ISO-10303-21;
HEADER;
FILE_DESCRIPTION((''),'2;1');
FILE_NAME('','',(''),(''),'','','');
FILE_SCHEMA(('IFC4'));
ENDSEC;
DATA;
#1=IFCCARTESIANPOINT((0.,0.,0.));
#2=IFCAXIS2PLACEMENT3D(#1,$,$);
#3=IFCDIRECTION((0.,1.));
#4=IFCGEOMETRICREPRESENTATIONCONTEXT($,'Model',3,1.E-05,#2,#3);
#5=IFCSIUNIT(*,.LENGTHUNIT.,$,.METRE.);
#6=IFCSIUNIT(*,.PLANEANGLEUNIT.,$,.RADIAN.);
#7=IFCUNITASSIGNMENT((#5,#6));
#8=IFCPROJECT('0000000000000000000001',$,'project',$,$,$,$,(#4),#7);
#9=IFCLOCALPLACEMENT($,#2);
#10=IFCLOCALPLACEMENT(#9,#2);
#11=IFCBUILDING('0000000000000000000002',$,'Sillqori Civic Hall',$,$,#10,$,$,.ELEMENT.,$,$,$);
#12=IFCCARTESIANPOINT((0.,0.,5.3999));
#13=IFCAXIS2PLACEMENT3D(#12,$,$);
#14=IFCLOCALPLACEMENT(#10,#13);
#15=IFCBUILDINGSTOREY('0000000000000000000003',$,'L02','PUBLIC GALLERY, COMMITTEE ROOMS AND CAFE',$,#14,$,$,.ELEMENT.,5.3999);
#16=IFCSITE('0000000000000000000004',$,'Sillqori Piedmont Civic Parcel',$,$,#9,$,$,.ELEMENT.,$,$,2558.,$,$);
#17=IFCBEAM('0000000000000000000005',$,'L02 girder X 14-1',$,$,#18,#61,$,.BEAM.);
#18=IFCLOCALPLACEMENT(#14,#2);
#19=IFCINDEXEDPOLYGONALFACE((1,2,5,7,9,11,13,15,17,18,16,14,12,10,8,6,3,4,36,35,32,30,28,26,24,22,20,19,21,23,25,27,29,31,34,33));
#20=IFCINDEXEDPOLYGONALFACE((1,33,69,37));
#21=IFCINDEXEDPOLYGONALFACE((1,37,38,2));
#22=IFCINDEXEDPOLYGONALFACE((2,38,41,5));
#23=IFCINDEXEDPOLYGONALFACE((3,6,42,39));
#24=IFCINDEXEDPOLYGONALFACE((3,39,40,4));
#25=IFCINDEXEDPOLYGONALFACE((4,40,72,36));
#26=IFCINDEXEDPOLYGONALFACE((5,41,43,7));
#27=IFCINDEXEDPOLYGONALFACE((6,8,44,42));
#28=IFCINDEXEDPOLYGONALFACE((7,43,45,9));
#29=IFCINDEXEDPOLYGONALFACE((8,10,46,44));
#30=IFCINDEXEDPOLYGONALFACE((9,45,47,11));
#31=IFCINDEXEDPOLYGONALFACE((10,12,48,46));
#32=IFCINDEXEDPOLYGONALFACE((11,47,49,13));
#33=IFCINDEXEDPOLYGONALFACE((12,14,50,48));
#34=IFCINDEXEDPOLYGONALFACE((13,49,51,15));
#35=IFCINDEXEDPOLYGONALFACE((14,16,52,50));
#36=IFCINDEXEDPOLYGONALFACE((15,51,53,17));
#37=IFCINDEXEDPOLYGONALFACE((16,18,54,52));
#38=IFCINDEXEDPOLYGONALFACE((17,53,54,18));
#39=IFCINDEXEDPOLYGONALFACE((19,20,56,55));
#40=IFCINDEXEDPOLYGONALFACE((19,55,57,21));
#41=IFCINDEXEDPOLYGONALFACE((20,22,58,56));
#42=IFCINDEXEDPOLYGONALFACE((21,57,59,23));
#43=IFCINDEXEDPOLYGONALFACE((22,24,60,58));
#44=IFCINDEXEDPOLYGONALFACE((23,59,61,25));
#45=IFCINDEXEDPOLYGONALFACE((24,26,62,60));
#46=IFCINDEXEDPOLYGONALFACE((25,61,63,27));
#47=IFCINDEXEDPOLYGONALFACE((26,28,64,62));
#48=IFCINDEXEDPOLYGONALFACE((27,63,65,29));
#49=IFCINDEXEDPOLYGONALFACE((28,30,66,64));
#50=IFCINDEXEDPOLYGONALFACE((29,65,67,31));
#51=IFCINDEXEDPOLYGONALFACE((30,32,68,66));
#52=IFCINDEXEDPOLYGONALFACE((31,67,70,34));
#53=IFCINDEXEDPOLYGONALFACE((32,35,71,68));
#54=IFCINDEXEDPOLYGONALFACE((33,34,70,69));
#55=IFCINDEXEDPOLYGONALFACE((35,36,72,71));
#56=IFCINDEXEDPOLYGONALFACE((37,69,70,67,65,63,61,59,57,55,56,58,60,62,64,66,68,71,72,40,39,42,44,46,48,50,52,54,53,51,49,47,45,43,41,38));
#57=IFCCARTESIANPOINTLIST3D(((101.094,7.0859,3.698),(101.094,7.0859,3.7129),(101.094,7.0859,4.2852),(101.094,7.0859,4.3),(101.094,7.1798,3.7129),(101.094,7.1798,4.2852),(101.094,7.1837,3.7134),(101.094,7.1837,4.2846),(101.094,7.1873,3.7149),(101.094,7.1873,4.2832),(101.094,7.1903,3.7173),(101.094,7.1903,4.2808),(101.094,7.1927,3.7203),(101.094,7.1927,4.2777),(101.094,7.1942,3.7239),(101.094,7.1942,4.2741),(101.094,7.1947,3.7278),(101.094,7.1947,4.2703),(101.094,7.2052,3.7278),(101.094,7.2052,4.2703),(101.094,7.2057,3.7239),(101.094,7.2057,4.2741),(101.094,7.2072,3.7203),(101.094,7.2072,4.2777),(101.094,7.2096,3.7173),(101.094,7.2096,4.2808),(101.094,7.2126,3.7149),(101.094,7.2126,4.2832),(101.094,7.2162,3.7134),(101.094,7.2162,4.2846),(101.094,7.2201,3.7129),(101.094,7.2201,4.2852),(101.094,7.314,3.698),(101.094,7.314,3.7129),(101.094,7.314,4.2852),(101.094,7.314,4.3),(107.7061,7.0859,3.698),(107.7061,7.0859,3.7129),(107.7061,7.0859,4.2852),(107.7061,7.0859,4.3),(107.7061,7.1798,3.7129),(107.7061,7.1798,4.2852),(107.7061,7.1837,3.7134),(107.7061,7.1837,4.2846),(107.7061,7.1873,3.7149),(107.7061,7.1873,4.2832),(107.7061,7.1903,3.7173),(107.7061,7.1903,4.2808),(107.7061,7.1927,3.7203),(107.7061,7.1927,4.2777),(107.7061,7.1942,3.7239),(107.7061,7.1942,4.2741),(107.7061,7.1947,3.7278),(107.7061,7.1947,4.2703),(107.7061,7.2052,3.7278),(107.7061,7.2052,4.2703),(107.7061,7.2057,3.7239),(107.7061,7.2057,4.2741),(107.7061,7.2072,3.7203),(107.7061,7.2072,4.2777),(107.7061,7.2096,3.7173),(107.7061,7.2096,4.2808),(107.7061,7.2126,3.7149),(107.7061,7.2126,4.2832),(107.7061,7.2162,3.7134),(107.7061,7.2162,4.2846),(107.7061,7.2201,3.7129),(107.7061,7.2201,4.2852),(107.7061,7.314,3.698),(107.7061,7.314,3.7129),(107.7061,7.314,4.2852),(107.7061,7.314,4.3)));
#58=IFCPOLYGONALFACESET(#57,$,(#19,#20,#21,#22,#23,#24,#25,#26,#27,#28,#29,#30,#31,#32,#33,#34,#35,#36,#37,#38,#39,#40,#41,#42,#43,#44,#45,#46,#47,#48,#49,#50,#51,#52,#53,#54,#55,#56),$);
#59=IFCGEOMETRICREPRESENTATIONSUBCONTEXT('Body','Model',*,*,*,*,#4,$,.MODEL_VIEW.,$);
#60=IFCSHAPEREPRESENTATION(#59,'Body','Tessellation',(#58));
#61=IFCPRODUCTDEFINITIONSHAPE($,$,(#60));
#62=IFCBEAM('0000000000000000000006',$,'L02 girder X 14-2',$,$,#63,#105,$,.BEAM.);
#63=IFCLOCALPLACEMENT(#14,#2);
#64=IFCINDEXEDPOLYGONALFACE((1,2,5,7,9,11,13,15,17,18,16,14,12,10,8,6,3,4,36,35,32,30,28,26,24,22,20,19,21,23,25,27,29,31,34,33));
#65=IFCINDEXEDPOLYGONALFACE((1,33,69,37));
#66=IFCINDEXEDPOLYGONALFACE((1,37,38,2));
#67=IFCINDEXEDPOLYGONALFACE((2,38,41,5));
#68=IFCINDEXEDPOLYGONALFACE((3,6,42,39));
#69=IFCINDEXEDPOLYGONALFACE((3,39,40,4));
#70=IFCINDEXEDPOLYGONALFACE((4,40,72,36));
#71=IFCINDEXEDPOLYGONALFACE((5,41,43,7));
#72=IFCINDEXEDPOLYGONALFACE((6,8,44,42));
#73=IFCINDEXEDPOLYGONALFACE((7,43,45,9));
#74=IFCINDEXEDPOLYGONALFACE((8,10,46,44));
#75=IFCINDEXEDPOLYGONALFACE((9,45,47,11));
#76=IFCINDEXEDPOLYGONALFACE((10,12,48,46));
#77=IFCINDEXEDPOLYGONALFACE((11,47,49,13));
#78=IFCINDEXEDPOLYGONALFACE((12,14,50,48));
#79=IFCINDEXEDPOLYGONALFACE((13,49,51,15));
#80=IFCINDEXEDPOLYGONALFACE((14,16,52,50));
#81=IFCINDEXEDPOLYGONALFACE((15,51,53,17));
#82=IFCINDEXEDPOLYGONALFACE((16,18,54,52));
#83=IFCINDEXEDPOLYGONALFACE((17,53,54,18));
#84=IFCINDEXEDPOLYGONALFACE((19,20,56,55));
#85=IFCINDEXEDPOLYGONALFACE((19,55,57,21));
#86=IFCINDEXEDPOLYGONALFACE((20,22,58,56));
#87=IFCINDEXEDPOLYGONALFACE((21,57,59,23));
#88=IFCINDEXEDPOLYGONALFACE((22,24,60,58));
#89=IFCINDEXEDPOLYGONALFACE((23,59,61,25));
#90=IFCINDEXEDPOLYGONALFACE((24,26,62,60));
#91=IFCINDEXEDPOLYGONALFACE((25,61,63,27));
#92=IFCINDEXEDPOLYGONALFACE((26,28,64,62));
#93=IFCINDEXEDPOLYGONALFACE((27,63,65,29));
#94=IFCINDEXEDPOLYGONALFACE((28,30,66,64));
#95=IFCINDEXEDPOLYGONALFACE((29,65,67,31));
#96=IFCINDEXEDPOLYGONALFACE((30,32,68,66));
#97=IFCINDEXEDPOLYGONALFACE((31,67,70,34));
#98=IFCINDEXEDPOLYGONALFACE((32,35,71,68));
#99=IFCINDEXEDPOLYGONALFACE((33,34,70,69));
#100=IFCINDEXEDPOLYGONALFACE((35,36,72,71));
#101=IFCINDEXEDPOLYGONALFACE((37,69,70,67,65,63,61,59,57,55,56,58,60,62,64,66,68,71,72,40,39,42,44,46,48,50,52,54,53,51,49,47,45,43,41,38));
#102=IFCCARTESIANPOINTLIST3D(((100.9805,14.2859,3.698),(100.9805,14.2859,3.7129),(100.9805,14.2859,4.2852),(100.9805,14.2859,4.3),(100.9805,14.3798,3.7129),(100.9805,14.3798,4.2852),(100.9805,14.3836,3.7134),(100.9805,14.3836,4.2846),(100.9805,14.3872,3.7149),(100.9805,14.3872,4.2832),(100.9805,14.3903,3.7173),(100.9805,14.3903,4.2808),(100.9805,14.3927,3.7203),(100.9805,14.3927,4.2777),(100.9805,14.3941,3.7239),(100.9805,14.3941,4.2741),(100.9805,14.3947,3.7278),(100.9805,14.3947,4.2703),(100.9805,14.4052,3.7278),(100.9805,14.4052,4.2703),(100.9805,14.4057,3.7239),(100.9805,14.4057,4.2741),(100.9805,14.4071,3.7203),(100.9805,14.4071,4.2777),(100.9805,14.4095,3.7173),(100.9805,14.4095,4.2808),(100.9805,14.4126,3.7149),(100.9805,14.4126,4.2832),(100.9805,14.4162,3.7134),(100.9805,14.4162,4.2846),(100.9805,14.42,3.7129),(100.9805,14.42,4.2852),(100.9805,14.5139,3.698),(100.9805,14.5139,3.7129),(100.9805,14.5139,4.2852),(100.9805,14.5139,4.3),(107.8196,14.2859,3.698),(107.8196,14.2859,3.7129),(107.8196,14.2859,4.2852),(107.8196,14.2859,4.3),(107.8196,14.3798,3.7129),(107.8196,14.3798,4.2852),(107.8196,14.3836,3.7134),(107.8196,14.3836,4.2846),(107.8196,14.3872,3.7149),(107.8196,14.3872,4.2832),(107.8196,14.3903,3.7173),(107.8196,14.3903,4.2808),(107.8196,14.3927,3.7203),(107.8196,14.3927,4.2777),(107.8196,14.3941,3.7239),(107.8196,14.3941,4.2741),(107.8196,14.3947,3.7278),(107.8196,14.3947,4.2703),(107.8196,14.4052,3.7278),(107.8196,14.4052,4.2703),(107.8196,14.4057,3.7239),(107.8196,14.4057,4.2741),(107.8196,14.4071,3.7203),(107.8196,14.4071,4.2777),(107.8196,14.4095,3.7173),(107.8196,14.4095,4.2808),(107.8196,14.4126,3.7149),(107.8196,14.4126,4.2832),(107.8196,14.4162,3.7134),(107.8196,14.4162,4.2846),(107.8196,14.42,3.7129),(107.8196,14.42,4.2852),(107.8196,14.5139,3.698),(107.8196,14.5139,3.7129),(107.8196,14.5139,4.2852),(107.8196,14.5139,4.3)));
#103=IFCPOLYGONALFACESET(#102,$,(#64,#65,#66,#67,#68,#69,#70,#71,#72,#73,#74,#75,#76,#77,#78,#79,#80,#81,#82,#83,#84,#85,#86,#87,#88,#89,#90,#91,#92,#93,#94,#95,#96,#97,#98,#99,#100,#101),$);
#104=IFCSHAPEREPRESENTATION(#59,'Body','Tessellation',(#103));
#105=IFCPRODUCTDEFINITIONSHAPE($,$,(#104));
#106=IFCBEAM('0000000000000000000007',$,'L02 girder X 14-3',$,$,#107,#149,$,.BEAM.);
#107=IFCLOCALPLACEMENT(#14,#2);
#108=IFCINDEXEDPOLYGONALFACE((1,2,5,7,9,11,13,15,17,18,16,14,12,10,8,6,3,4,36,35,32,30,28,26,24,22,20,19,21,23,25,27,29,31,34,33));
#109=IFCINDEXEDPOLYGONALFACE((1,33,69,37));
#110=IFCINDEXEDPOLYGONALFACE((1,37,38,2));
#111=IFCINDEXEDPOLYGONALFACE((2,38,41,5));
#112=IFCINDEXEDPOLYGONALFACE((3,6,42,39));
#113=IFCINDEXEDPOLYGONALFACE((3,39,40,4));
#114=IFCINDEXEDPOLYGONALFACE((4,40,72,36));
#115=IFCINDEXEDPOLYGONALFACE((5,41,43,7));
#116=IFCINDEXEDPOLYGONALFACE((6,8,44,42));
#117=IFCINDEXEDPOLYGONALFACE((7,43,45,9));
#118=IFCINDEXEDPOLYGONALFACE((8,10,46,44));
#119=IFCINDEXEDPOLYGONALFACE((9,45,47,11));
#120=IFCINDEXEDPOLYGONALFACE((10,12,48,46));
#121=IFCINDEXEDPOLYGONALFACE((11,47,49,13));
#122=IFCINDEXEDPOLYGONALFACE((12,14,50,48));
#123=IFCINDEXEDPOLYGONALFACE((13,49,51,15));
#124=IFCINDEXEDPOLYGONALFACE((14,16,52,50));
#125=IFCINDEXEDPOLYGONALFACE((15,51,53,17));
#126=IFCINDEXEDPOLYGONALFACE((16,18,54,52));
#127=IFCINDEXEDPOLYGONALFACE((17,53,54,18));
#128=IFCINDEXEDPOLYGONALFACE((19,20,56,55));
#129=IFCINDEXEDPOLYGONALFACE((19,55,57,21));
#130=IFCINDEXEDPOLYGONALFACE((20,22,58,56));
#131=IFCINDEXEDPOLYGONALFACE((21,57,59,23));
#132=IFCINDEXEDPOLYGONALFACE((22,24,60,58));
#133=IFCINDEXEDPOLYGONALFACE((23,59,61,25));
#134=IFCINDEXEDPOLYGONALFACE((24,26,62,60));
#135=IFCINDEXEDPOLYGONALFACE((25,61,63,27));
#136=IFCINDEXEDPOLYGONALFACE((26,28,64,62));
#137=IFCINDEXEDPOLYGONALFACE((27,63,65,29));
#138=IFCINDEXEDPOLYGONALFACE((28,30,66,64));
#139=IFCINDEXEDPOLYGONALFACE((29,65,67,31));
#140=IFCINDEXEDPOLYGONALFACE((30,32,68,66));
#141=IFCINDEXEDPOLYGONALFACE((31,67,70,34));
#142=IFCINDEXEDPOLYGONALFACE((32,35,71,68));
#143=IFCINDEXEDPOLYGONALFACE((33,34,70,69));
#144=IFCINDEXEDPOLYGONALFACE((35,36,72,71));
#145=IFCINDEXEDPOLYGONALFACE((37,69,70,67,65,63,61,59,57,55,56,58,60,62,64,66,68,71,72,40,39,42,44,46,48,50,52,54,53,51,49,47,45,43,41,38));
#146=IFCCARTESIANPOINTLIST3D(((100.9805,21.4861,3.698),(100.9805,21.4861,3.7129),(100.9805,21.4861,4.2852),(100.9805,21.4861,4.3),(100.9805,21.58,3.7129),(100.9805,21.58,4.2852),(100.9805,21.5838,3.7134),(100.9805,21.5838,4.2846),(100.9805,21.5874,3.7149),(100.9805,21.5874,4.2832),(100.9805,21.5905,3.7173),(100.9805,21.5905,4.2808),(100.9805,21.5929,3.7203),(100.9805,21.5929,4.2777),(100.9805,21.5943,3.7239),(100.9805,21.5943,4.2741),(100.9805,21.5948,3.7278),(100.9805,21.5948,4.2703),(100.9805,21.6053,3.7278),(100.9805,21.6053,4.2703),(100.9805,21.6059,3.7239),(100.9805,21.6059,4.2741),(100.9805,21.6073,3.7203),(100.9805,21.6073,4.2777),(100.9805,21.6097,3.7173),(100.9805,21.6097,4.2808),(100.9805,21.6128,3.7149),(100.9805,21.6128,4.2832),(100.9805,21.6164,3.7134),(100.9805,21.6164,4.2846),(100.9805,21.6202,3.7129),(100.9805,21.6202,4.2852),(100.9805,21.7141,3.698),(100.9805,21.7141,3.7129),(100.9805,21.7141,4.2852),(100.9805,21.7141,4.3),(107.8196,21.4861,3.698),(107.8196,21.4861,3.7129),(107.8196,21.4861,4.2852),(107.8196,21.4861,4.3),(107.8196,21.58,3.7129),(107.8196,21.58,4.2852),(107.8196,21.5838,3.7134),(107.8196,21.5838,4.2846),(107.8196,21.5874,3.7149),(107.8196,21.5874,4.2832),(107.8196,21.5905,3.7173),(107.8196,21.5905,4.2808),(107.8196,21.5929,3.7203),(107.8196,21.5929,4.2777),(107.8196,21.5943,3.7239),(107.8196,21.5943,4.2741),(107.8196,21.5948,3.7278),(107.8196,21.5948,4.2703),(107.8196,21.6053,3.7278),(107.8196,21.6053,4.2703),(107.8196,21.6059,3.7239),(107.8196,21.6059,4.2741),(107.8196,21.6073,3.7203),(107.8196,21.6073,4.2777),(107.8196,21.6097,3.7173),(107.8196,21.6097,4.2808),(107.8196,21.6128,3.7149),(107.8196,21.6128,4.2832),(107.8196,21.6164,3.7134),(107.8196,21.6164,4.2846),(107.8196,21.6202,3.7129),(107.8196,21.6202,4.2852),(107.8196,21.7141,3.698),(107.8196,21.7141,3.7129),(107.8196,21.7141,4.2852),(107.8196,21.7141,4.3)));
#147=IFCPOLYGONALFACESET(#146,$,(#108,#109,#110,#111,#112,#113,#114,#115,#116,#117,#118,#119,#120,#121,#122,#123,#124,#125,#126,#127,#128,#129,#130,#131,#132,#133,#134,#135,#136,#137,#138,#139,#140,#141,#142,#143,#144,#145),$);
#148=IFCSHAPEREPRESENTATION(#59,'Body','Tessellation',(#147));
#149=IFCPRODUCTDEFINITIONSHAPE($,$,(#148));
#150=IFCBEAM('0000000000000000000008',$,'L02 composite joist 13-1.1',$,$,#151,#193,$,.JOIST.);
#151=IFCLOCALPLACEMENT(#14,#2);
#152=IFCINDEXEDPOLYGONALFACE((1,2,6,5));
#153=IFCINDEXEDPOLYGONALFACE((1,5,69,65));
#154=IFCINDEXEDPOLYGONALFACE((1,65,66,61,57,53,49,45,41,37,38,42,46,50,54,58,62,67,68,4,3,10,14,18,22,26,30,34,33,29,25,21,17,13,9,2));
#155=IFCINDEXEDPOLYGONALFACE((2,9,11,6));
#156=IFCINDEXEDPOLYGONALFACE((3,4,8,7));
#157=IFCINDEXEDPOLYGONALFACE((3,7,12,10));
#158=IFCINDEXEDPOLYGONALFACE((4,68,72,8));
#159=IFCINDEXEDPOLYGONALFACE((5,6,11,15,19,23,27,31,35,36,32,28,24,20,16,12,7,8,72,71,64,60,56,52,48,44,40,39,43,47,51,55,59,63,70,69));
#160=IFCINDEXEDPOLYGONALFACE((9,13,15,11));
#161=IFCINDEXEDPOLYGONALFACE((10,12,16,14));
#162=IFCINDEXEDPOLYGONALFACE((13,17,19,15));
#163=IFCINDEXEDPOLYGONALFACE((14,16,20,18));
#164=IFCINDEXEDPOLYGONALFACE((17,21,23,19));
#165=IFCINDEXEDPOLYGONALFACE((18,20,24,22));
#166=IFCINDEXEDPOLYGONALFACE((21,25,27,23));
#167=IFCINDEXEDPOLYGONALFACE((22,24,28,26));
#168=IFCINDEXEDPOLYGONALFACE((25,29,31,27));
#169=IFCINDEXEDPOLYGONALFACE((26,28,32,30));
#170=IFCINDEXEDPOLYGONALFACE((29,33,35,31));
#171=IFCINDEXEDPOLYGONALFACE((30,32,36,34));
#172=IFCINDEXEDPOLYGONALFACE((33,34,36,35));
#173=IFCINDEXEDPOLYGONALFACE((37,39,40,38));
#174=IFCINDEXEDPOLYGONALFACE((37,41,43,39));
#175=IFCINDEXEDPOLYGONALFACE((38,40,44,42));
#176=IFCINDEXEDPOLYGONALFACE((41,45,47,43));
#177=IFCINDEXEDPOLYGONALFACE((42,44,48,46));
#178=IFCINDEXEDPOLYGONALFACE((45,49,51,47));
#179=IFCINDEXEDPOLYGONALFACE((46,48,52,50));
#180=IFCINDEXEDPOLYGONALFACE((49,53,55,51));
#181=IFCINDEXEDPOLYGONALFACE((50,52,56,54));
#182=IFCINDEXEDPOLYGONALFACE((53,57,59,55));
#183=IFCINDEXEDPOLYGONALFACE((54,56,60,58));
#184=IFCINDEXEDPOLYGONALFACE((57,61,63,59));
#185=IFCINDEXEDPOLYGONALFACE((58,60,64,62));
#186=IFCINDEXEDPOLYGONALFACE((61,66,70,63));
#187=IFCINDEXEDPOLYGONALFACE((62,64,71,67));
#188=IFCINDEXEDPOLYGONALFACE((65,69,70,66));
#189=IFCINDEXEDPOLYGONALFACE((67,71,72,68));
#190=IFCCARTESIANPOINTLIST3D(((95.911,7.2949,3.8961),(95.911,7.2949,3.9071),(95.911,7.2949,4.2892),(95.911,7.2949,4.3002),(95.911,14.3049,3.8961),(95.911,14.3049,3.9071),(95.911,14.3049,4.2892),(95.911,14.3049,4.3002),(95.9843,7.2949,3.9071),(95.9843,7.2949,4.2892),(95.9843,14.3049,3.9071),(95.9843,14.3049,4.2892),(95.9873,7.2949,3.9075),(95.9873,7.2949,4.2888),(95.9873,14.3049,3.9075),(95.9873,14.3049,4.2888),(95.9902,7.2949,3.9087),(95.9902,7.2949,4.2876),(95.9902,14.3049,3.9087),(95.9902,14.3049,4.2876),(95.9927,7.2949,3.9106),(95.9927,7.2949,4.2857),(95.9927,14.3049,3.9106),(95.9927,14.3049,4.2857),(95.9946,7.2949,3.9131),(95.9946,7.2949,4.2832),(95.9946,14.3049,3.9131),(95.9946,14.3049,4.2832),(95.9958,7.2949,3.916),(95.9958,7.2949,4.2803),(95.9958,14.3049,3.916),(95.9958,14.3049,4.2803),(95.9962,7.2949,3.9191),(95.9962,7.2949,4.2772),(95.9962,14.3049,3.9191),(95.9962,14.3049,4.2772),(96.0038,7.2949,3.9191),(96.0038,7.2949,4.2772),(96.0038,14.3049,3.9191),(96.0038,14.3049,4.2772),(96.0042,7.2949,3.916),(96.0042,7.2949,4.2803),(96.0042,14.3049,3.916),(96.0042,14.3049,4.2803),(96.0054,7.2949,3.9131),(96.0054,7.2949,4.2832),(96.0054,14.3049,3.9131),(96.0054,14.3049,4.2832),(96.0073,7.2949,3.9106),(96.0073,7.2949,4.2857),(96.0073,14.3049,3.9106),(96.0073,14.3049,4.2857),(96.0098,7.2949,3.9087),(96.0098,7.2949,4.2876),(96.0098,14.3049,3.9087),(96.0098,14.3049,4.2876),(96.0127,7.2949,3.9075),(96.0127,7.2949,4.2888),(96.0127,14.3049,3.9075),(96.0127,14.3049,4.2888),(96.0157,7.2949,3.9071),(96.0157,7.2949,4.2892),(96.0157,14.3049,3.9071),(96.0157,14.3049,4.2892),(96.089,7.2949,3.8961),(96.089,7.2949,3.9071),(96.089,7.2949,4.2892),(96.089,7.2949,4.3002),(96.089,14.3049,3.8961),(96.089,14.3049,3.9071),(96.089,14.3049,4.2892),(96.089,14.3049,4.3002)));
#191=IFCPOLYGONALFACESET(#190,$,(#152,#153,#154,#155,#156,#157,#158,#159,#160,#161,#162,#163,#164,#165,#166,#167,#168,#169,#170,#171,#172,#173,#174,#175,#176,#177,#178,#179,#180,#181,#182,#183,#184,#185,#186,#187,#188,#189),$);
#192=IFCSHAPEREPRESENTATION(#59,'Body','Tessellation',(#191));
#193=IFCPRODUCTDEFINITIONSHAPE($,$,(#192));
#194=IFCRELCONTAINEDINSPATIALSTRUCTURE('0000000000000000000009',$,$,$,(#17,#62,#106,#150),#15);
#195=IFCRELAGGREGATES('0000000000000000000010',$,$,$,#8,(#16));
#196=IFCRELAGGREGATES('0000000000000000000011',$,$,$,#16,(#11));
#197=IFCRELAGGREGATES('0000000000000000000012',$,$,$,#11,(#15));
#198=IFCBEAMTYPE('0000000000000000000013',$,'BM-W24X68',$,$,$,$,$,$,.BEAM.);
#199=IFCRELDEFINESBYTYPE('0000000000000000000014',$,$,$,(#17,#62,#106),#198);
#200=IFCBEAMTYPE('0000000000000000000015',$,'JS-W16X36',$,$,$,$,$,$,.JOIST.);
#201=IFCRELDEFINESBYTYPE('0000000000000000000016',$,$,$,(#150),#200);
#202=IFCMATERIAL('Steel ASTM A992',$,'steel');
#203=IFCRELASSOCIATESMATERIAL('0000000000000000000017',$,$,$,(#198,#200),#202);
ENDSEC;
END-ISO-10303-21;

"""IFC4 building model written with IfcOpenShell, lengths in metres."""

from ifc_helpers import new_model, si_unit, direction, frame, origin, origin_2d, place, context, subcontext, project, spatial, i_section, extrude, material, material_profile, profile_set, type_object, element, save


model = new_model("IFC4")

# Units and contexts
model_context = context("Model", 3, precision=1e-05, world=origin(), true_north=direction((0.0, 1.0)))
body_context = subcontext(model_context, "Body", "Model", "MODEL_VIEW")
ifc_project = project(units=[si_unit("LENGTHUNIT", "METRE"), si_unit("PLANEANGLEUNIT", "RADIAN")], contexts=[model_context])

# Site, building, storey
site_placement = place(None, origin())
site = spatial("IfcSite", under=ifc_project, at=site_placement, Name="Sillqori Piedmont Civic Parcel", CompositionType="ELEMENT", RefElevation=2558.0)
building_placement = place(site_placement, origin())
building = spatial("IfcBuilding", under=site, at=building_placement, Name="Sillqori Civic Hall", CompositionType="ELEMENT")
storey_placement = place(building_placement, frame((0.0, 0.0, 5.3999)))
storey = spatial("IfcBuildingStorey", under=building, at=storey_placement, Name="L02", Description="PUBLIC GALLERY, COMMITTEE ROOMS AND CAFE", CompositionType="ELEMENT", Elevation=5.3999)

# Shared definitions
ifc_material_1 = material(Name="Steel ASTM A992", Category="steel")

# Beams
ifc_material_profile_1 = material_profile(ifc_material_1, i_section(OverallWidth=0.228, OverallDepth=0.6021, WebThickness=0.0105, FlangeThickness=0.0149, FilletRadius=0.0149, at=origin_2d()), Name="W24X68")
ifc_profile_set_1 = profile_set([ifc_material_profile_1], Name="Steel ASTM A992")
beam_type_1 = type_object("IfcBeamType", Name="BM-W24X68", PredefinedType="BEAM", material=ifc_profile_set_1)
beam_1_placement = place(storey_placement, frame((101.094, 7.2, 3.999), z_axis=(1.0, 0.0, 0.0), x_axis=(0.0, 1.0, 0.0)))
element("IfcBeam", 1, at=beam_1_placement, inside=storey, type_object=beam_type_1, Name="L02 girder X 14-1", PredefinedType="BEAM", context=body_context, shape_type="SweptSolid", body=[
    extrude(i_section(OverallWidth=0.228, OverallDepth=0.6021, WebThickness=0.0105, FlangeThickness=0.0149, FilletRadius=0.0149, at=origin_2d()), origin(), (0.0, 0.0, 1.0), 6.6121),
])
for number, where, z_axis, x_axis, name in (
    (2, (100.9805, 14.3999, 3.999), (1.0, 0.0, 0.0), (0.0, 1.0, 0.0), "L02 girder X 14-2"),
    (3, (100.9805, 21.6001, 3.999), (1.0, 0.0, 0.0), (0.0, 1.0, 0.0), "L02 girder X 14-3"),
):
    element("IfcBeam", number, at=place(storey_placement, frame(where, z_axis=z_axis, x_axis=x_axis)), inside=storey, type_object=beam_type_1, Name=name, PredefinedType="BEAM", context=body_context, shape_type="SweptSolid", body=[
        extrude(i_section(OverallWidth=0.228, OverallDepth=0.6021, WebThickness=0.0105, FlangeThickness=0.0149, FilletRadius=0.0149, at=origin_2d()), origin(), (0.0, 0.0, 1.0), 6.8391),
    ])
ifc_material_profile_2 = material_profile(ifc_material_1, i_section(OverallWidth=0.178, OverallDepth=0.4041, WebThickness=0.0076, FlangeThickness=0.011, FilletRadius=0.012, at=origin_2d()), Name="W16X36")
ifc_profile_set_2 = profile_set([ifc_material_profile_2], Name="Steel ASTM A992")
beam_type_2 = type_object("IfcBeamType", Name="JS-W16X36", PredefinedType="JOIST", material=ifc_profile_set_2)
for number, where, z_axis, x_axis, name in (
    (4, (96.0, 7.2949, 4.0981), (0.0, 1.0, 0.0), (-1.0, 0.0, 0.0), "L02 composite joist 13-1.1"),
):
    element("IfcBeam", number, at=place(storey_placement, frame(where, z_axis=z_axis, x_axis=x_axis)), inside=storey, type_object=beam_type_2, Name=name, PredefinedType="JOIST", context=body_context, shape_type="SweptSolid", body=[
        extrude(i_section(OverallWidth=0.178, OverallDepth=0.4041, WebThickness=0.0076, FlangeThickness=0.011, FilletRadius=0.012, at=origin_2d()), origin(), (0.0, 0.0, 1.0), 7.01),
    ])

save(model, "model.ifc")
